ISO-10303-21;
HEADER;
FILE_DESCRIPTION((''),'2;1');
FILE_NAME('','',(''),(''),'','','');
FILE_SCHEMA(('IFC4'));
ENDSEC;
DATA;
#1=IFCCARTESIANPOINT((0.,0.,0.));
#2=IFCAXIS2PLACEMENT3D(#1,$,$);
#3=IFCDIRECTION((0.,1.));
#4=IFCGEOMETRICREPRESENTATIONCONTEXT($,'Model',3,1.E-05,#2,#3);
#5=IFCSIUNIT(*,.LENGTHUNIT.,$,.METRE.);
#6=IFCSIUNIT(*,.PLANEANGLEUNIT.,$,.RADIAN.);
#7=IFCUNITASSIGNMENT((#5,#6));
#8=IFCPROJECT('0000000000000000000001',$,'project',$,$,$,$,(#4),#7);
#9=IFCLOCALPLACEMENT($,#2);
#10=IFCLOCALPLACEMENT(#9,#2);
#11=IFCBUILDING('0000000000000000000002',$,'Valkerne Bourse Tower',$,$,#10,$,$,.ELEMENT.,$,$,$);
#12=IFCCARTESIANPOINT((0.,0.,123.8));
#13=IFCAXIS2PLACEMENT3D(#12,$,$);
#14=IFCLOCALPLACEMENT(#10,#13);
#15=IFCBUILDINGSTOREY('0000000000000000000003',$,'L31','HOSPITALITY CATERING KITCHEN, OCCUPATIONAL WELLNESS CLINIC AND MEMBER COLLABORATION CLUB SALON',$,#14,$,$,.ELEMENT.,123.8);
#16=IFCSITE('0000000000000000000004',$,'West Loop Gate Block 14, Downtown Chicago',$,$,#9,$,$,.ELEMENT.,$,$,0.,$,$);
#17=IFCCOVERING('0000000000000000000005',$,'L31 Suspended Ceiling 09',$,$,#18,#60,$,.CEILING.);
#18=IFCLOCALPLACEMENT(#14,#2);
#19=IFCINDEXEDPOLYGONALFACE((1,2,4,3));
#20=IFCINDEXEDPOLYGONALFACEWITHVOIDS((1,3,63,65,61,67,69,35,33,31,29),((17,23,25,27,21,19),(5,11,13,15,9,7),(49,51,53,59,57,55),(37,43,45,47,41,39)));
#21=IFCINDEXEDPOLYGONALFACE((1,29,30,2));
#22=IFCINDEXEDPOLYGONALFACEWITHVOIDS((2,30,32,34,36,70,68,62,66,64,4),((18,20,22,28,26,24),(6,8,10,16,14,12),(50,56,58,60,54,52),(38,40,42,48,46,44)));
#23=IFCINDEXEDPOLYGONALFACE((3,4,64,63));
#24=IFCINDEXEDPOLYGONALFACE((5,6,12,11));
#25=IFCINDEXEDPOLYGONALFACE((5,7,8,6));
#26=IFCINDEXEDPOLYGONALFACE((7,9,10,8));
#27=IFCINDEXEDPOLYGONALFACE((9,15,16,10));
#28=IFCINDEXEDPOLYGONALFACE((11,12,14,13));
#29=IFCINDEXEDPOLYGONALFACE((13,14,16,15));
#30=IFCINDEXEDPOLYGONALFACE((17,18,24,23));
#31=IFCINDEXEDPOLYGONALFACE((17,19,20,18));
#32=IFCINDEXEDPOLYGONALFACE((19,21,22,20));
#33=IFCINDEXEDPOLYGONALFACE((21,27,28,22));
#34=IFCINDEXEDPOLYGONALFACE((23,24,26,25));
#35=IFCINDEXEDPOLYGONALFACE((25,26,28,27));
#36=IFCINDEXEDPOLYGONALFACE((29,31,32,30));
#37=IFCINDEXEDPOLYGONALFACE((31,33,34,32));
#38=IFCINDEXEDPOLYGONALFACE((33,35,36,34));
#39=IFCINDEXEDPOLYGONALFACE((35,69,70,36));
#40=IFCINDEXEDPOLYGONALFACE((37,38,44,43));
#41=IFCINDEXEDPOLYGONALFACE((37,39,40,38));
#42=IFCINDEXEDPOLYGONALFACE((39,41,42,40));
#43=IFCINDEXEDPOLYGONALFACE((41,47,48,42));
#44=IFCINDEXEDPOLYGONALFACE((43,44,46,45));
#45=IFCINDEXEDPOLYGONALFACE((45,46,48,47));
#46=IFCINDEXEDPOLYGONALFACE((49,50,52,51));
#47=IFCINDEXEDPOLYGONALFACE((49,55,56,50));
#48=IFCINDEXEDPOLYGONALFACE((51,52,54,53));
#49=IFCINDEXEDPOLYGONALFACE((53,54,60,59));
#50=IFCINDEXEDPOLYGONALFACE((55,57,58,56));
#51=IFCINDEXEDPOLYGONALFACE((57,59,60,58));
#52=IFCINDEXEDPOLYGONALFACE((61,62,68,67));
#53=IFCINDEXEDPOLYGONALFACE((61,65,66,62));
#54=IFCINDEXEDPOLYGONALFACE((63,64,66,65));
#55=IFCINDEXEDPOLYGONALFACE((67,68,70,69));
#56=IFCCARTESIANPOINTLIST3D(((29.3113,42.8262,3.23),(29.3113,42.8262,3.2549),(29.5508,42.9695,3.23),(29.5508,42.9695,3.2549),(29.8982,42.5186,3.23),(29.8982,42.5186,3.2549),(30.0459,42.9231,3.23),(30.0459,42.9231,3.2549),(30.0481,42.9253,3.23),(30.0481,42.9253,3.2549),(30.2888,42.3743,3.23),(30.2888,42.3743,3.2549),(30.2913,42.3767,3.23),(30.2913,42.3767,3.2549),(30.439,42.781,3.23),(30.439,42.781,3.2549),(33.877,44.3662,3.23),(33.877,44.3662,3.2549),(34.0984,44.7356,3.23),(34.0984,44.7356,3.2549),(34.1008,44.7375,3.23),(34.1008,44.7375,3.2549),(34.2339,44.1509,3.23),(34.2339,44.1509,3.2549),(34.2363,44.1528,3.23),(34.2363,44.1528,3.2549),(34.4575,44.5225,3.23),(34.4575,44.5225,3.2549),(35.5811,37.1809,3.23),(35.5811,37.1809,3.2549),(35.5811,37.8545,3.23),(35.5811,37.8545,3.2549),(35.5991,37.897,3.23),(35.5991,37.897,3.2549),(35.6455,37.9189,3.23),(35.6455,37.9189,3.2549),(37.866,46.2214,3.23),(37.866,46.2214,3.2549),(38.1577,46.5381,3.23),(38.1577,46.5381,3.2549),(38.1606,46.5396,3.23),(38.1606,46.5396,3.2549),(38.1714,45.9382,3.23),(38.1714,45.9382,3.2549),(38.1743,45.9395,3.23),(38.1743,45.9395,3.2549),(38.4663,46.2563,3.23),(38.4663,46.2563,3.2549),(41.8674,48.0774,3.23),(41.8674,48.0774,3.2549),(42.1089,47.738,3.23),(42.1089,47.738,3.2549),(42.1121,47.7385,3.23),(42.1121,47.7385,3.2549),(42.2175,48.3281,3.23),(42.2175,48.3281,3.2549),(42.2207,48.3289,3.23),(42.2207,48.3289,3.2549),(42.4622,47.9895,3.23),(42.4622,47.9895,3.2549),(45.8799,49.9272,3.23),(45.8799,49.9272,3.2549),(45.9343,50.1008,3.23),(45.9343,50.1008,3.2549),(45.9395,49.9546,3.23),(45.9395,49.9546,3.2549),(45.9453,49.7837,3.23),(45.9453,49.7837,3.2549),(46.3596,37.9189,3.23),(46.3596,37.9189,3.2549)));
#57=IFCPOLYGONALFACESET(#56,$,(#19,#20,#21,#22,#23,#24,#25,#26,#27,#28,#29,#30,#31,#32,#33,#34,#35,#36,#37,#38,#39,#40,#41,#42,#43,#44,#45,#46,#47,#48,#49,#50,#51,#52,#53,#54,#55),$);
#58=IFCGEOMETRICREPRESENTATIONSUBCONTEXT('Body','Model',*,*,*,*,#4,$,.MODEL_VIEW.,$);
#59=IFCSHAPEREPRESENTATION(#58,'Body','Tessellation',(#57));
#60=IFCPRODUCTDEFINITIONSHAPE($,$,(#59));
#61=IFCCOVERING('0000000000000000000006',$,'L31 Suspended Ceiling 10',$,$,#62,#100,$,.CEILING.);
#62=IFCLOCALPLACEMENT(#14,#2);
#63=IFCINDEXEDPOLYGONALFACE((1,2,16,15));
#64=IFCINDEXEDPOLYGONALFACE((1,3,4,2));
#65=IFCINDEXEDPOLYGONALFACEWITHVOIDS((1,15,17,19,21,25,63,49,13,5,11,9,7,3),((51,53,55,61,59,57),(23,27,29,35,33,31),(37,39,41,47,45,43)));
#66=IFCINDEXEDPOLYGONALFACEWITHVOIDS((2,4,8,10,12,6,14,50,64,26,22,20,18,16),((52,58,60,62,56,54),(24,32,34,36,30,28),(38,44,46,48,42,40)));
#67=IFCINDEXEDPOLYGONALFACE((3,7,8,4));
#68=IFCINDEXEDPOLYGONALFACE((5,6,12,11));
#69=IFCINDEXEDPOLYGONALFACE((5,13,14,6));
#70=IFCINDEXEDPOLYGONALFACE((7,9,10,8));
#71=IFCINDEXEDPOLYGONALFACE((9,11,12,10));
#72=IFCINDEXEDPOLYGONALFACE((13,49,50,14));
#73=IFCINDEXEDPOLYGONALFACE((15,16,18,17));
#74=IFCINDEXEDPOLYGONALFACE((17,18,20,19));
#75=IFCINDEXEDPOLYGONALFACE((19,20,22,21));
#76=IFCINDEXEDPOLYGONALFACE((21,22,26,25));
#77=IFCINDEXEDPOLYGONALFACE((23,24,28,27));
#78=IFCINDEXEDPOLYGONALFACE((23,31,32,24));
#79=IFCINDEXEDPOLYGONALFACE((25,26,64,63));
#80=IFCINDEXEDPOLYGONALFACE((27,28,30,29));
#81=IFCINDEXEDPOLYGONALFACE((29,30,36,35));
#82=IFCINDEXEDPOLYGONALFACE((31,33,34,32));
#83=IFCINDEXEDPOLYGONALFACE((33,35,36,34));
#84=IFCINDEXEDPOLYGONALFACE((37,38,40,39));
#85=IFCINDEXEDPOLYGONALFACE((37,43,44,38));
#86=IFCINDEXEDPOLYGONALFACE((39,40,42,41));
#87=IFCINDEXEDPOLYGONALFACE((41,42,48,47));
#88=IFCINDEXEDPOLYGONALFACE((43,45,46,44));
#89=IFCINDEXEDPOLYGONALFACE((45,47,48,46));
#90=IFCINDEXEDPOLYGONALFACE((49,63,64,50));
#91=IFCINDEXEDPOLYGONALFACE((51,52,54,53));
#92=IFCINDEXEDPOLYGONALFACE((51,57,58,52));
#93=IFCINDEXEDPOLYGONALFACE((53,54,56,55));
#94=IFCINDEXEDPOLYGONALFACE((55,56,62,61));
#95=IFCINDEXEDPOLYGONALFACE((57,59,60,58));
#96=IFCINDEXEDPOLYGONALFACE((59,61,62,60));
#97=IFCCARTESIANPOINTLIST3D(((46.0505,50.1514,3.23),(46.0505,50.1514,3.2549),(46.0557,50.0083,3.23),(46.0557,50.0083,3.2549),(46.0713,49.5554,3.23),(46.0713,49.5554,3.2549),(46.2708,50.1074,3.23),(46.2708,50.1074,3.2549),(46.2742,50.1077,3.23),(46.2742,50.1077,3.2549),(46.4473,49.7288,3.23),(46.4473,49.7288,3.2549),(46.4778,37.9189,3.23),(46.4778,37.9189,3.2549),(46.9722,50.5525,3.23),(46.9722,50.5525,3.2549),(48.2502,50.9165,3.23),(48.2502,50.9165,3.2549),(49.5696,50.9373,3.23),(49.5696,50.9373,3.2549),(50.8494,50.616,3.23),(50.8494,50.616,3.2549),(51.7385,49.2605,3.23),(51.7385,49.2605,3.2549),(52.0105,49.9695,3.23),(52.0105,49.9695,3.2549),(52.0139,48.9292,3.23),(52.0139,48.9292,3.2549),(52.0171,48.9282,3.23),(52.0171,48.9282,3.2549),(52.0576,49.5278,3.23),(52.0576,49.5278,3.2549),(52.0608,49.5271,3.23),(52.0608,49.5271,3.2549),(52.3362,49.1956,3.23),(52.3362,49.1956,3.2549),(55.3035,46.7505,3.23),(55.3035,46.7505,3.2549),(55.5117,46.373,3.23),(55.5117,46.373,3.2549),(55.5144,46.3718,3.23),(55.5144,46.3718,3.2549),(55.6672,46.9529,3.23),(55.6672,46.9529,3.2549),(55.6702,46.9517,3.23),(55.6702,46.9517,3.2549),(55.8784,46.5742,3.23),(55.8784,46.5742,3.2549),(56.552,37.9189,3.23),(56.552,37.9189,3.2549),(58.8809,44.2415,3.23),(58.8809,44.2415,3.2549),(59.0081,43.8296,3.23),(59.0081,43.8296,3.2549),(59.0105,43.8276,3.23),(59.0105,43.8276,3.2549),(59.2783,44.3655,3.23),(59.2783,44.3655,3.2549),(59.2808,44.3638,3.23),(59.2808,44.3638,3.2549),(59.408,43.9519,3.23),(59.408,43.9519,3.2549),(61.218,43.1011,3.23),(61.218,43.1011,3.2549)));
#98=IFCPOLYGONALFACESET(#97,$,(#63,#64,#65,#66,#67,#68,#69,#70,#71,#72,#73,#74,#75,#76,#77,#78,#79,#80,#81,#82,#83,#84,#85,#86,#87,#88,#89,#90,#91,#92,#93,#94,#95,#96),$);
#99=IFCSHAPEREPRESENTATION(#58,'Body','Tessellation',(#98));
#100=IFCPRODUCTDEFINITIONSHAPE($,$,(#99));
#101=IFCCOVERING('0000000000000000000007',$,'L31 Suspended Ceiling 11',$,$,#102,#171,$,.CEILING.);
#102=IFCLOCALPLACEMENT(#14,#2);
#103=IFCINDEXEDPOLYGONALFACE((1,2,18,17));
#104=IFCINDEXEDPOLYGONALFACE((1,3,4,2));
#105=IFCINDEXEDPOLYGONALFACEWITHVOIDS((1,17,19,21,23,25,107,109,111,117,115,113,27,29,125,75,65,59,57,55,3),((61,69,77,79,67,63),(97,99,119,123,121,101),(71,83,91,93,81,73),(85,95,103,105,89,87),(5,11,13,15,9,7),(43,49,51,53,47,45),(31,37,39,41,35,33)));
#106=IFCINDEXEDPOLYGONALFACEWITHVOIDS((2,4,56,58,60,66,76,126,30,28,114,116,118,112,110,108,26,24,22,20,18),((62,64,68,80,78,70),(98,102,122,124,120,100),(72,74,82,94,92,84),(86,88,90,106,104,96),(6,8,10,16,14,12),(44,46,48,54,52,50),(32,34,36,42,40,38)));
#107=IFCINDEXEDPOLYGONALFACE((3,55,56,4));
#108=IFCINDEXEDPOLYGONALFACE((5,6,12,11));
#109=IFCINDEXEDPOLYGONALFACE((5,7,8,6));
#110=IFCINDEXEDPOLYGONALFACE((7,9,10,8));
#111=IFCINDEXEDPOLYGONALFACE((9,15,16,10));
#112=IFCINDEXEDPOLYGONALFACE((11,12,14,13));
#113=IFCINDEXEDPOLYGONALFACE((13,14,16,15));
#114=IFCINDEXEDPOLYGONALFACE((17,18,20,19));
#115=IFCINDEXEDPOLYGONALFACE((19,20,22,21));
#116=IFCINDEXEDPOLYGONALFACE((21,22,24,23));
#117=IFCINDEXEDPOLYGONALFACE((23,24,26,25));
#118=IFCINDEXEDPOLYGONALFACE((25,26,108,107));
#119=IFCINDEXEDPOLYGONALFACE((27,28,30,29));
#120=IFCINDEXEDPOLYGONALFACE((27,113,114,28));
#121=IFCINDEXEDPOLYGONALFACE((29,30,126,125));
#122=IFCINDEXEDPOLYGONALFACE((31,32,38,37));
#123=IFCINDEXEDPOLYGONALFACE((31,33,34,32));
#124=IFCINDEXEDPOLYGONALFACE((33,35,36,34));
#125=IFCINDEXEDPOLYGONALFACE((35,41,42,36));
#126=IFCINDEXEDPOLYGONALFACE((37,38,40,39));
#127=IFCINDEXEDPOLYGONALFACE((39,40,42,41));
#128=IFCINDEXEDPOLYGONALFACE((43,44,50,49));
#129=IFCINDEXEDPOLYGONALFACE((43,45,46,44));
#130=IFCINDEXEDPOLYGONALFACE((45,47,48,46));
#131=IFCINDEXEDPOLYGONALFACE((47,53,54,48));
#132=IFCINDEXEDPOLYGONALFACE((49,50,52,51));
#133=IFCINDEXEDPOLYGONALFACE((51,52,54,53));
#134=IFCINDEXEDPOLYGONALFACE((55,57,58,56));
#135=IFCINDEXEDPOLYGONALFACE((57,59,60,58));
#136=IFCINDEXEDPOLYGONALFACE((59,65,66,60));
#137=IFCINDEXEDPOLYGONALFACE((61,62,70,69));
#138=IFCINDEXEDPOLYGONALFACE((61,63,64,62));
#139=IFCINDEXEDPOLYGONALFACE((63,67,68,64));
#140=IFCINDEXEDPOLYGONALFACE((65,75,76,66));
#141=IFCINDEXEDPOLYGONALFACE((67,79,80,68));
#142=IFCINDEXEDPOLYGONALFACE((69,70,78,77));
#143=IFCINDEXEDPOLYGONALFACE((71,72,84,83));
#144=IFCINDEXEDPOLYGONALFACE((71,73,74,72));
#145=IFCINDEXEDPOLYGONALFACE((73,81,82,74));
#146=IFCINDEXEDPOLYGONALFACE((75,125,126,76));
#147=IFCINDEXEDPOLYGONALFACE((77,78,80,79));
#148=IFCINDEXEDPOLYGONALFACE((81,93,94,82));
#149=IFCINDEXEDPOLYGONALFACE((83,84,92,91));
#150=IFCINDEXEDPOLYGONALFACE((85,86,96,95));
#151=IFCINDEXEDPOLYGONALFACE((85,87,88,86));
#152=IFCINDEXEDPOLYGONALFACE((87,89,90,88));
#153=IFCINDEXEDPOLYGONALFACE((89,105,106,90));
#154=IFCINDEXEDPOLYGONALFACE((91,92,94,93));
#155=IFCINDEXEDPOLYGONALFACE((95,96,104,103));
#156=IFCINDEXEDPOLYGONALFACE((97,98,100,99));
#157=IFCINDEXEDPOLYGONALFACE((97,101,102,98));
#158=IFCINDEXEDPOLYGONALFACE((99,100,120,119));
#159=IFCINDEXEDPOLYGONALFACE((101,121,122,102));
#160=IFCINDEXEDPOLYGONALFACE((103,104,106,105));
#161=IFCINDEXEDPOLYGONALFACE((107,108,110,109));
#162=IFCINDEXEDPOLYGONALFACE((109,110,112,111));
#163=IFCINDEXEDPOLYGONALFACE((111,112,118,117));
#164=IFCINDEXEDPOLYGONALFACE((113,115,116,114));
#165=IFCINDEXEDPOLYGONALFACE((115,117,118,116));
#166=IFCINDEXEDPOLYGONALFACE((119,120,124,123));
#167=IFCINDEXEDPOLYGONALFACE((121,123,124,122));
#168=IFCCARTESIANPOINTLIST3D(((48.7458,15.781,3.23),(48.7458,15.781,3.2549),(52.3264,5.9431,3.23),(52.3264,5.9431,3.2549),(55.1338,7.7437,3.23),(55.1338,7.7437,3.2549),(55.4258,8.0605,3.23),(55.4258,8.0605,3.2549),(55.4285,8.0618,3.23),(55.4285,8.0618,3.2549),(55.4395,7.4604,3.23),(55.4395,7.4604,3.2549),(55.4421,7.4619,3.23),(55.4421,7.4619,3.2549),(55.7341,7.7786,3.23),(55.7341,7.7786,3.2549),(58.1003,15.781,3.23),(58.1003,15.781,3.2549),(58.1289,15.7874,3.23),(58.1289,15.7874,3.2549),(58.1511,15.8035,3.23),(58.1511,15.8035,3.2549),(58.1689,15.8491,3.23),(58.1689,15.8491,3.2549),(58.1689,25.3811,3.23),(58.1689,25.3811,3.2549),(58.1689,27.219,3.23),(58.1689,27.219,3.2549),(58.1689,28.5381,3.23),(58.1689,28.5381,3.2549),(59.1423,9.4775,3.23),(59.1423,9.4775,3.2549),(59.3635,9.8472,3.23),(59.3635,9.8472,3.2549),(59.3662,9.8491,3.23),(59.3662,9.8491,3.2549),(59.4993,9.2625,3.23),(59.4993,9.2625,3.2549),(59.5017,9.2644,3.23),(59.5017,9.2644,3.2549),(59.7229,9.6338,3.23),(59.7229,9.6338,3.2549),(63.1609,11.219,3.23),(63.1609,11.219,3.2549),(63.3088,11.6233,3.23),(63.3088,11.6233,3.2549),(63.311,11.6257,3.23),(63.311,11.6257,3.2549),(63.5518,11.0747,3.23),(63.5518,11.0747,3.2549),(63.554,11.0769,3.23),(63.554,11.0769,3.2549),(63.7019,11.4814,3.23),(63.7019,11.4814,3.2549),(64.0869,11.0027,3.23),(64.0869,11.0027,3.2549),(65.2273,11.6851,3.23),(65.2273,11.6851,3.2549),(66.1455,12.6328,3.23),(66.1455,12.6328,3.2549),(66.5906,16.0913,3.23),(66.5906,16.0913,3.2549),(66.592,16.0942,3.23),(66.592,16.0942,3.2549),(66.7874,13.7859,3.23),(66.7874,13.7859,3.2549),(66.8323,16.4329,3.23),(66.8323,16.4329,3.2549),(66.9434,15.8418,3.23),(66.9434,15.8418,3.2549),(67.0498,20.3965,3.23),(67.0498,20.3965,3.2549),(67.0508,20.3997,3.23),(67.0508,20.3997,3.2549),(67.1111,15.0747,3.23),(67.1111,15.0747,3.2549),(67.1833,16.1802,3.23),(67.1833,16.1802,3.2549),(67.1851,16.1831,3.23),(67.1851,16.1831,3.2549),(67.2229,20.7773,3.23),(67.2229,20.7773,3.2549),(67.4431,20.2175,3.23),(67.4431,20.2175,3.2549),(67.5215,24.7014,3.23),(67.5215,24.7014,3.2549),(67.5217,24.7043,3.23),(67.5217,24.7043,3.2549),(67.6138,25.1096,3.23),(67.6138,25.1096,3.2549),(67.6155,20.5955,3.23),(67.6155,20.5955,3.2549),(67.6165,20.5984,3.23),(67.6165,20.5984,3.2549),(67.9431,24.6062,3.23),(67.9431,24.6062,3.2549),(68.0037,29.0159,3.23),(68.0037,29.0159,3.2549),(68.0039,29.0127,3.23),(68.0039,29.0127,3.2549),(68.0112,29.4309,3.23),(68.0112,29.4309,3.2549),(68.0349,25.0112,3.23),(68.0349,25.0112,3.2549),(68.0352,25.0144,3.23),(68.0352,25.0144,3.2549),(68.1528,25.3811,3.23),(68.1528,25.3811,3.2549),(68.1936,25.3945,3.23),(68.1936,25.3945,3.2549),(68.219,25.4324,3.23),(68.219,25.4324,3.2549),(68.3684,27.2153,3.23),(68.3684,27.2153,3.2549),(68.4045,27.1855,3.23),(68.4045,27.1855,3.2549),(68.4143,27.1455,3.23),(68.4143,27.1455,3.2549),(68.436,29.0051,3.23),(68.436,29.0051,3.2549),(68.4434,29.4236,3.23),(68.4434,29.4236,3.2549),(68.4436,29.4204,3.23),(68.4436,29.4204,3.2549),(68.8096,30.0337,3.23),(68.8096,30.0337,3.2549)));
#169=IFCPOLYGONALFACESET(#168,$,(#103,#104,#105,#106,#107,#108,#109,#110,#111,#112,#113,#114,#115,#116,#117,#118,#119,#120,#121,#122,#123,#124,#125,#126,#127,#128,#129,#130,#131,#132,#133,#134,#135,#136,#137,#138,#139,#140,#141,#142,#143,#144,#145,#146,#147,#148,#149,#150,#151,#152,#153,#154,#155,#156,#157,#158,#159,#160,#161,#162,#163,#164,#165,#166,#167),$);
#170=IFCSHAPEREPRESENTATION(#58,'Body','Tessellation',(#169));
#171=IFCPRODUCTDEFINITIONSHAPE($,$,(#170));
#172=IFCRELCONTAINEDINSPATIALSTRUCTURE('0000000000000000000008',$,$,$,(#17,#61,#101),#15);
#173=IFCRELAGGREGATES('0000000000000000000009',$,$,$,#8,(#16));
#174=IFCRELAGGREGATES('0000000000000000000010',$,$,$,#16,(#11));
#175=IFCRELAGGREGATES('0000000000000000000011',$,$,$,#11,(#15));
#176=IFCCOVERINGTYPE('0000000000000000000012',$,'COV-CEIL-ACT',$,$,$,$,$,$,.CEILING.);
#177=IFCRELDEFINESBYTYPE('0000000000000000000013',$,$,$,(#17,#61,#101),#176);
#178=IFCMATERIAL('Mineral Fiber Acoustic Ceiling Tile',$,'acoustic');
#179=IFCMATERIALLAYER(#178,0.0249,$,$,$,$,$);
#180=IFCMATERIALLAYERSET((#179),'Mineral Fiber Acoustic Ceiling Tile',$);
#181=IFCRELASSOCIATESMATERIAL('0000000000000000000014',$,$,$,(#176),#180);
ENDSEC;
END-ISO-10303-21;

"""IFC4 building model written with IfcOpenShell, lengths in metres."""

from ifc_helpers import new_model, si_unit, direction, frame, origin, place, context, subcontext, project, spatial, polyline, outline, extrude, material, layer, layer_set, type_object, element, save


model = new_model("IFC4")

# Units and contexts
model_context = context("Model", 3, precision=1e-05, world=origin(), true_north=direction((0.0, 1.0)))
body_context = subcontext(model_context, "Body", "Model", "MODEL_VIEW")
ifc_project = project(units=[si_unit("LENGTHUNIT", "METRE"), si_unit("PLANEANGLEUNIT", "RADIAN")], contexts=[model_context])

# Site, building, storey
site_placement = place(None, origin())
site = spatial("IfcSite", under=ifc_project, at=site_placement, Name="West Loop Gate Block 14, Downtown Chicago", CompositionType="ELEMENT", RefElevation=0.0)
building_placement = place(site_placement, origin())
building = spatial("IfcBuilding", under=site, at=building_placement, Name="Valkerne Bourse Tower", CompositionType="ELEMENT")
storey_placement = place(building_placement, frame((0.0, 0.0, 123.8)))
storey = spatial("IfcBuildingStorey", under=building, at=storey_placement, Name="L31", Description="HOSPITALITY CATERING KITCHEN, OCCUPATIONAL WELLNESS CLINIC AND MEMBER COLLABORATION CLUB SALON", CompositionType="ELEMENT", Elevation=123.8)

# Coverings
ifc_material_1 = material(Name="Mineral Fiber Acoustic Ceiling Tile", Category="acoustic")
ifc_layer_1 = layer(ifc_material_1, 0.0249)
ifc_layer_set_1 = layer_set([ifc_layer_1], Name="Mineral Fiber Acoustic Ceiling Tile")
covering_type_1 = type_object("IfcCoveringType", Name="COV-CEIL-ACT", PredefinedType="CEILING", material=ifc_layer_set_1)
covering_1_placement = place(storey_placement, frame((0.0, 0.0, 3.23)))
element("IfcCovering", 1, at=covering_1_placement, inside=storey, type_object=covering_type_1, Name="L31 Suspended Ceiling 09", PredefinedType="CEILING", context=body_context, shape_type="SweptSolid", body=[
    extrude(outline(polyline([(45.9395, 49.9546), (45.8799, 49.9272), (45.9453, 49.7837), (46.3596, 37.9189), (35.6455, 37.9189), (35.5991, 37.897), (35.5811, 37.8545), (35.5811, 37.1809), (29.3113, 42.8262), (29.5508, 42.9695), (45.9343, 50.1008), (45.9395, 49.9546)]), holes=[polyline([(30.439, 42.781), (30.0481, 42.9253), (30.0459, 42.9231), (29.8982, 42.5186), (30.2888, 42.3743), (30.2913, 42.3767), (30.439, 42.781)]), polyline([(34.2363, 44.1528), (34.4575, 44.5225), (34.1008, 44.7375), (34.0984, 44.7356), (33.877, 44.3662), (34.2339, 44.1509), (34.2363, 44.1528)]), polyline([(38.1743, 45.9395), (38.4663, 46.2563), (38.1606, 46.5396), (38.1577, 46.5381), (37.866, 46.2214), (38.1714, 45.9382), (38.1743, 45.9395)]), polyline([(42.4622, 47.9895), (42.2207, 48.3289), (42.2175, 48.3281), (41.8674, 48.0774), (42.1089, 47.738), (42.1121, 47.7385), (42.4622, 47.9895)])]), origin(), (0.0, 0.0, 1.0), 0.0249),
])
covering_2_placement = place(storey_placement, frame((0.0, 0.0, 3.23)))
element("IfcCovering", 2, at=covering_2_placement, inside=storey, type_object=covering_type_1, Name="L31 Suspended Ceiling 10", PredefinedType="CEILING", context=body_context, shape_type="SweptSolid", body=[
    extrude(outline(polyline([(49.5696, 50.9373), (50.8494, 50.616), (52.0105, 49.9695), (61.218, 43.1011), (56.552, 37.9189), (46.4778, 37.9189), (46.0713, 49.5554), (46.4473, 49.7288), (46.2742, 50.1077), (46.2708, 50.1074), (46.0557, 50.0083), (46.0505, 50.1514), (46.9722, 50.5525), (48.2502, 50.9165), (49.5696, 50.9373)]), holes=[polyline([(52.0608, 49.5271), (52.0576, 49.5278), (51.7385, 49.2605), (52.0139, 48.9292), (52.0171, 48.9282), (52.3362, 49.1956), (52.0608, 49.5271)]), polyline([(59.2808, 44.3638), (59.2783, 44.3655), (58.8809, 44.2415), (59.0081, 43.8296), (59.0105, 43.8276), (59.408, 43.9519), (59.2808, 44.3638)]), polyline([(55.8784, 46.5742), (55.6702, 46.9517), (55.6672, 46.9529), (55.3035, 46.7505), (55.5117, 46.373), (55.5144, 46.3718), (55.8784, 46.5742)])]), origin(), (0.0, 0.0, 1.0), 0.0249),
])
covering_3_placement = place(storey_placement, frame((0.0, 0.0, 3.23)))
element("IfcCovering", 3, at=covering_3_placement, inside=storey, type_object=covering_type_1, Name="L31 Suspended Ceiling 11", PredefinedType="CEILING", context=body_context, shape_type="SweptSolid", body=[
    extrude(outline(polyline([(65.2273, 11.6851), (64.0869, 11.0027), (52.3264, 5.9431), (48.7458, 15.781), (58.1003, 15.781), (58.1289, 15.7874), (58.1511, 15.8035), (58.1689, 15.8491), (58.1689, 25.3811), (68.1528, 25.3811), (68.1936, 25.3945), (68.219, 25.4324), (68.4143, 27.1455), (68.4045, 27.1855), (68.3684, 27.2153), (58.1689, 27.219), (58.1689, 28.5381), (68.8096, 30.0337), (67.1111, 15.0747), (66.7874, 13.7859), (66.1455, 12.6328), (65.2273, 11.6851)]), holes=[polyline([(55.4421, 7.4619), (55.7341, 7.7786), (55.4285, 8.0618), (55.4258, 8.0605), (55.1338, 7.7437), (55.4395, 7.4604), (55.4421, 7.4619)]), polyline([(59.5017, 9.2644), (59.7229, 9.6338), (59.3662, 9.8491), (59.3635, 9.8472), (59.1423, 9.4775), (59.4993, 9.2625), (59.5017, 9.2644)]), polyline([(63.7019, 11.4814), (63.311, 11.6257), (63.3088, 11.6233), (63.1609, 11.219), (63.5518, 11.0747), (63.554, 11.0769), (63.7019, 11.4814)]), polyline([(67.1851, 16.1831), (66.8323, 16.4329), (66.592, 16.0942), (66.5906, 16.0913), (66.9434, 15.8418), (67.1833, 16.1802), (67.1851, 16.1831)]), polyline([(67.6165, 20.5984), (67.2229, 20.7773), (67.0508, 20.3997), (67.0498, 20.3965), (67.4431, 20.2175), (67.6155, 20.5955), (67.6165, 20.5984)]), polyline([(68.0349, 25.0112), (68.0352, 25.0144), (67.6138, 25.1096), (67.5217, 24.7043), (67.5215, 24.7014), (67.9431, 24.6062), (68.0349, 25.0112)]), polyline([(68.4436, 29.4204), (68.4434, 29.4236), (68.0112, 29.4309), (68.0037, 29.0159), (68.0039, 29.0127), (68.436, 29.0051), (68.4436, 29.4204)])]), origin(), (0.0, 0.0, 1.0), 0.0249),
])

save(model, "model.ifc")
